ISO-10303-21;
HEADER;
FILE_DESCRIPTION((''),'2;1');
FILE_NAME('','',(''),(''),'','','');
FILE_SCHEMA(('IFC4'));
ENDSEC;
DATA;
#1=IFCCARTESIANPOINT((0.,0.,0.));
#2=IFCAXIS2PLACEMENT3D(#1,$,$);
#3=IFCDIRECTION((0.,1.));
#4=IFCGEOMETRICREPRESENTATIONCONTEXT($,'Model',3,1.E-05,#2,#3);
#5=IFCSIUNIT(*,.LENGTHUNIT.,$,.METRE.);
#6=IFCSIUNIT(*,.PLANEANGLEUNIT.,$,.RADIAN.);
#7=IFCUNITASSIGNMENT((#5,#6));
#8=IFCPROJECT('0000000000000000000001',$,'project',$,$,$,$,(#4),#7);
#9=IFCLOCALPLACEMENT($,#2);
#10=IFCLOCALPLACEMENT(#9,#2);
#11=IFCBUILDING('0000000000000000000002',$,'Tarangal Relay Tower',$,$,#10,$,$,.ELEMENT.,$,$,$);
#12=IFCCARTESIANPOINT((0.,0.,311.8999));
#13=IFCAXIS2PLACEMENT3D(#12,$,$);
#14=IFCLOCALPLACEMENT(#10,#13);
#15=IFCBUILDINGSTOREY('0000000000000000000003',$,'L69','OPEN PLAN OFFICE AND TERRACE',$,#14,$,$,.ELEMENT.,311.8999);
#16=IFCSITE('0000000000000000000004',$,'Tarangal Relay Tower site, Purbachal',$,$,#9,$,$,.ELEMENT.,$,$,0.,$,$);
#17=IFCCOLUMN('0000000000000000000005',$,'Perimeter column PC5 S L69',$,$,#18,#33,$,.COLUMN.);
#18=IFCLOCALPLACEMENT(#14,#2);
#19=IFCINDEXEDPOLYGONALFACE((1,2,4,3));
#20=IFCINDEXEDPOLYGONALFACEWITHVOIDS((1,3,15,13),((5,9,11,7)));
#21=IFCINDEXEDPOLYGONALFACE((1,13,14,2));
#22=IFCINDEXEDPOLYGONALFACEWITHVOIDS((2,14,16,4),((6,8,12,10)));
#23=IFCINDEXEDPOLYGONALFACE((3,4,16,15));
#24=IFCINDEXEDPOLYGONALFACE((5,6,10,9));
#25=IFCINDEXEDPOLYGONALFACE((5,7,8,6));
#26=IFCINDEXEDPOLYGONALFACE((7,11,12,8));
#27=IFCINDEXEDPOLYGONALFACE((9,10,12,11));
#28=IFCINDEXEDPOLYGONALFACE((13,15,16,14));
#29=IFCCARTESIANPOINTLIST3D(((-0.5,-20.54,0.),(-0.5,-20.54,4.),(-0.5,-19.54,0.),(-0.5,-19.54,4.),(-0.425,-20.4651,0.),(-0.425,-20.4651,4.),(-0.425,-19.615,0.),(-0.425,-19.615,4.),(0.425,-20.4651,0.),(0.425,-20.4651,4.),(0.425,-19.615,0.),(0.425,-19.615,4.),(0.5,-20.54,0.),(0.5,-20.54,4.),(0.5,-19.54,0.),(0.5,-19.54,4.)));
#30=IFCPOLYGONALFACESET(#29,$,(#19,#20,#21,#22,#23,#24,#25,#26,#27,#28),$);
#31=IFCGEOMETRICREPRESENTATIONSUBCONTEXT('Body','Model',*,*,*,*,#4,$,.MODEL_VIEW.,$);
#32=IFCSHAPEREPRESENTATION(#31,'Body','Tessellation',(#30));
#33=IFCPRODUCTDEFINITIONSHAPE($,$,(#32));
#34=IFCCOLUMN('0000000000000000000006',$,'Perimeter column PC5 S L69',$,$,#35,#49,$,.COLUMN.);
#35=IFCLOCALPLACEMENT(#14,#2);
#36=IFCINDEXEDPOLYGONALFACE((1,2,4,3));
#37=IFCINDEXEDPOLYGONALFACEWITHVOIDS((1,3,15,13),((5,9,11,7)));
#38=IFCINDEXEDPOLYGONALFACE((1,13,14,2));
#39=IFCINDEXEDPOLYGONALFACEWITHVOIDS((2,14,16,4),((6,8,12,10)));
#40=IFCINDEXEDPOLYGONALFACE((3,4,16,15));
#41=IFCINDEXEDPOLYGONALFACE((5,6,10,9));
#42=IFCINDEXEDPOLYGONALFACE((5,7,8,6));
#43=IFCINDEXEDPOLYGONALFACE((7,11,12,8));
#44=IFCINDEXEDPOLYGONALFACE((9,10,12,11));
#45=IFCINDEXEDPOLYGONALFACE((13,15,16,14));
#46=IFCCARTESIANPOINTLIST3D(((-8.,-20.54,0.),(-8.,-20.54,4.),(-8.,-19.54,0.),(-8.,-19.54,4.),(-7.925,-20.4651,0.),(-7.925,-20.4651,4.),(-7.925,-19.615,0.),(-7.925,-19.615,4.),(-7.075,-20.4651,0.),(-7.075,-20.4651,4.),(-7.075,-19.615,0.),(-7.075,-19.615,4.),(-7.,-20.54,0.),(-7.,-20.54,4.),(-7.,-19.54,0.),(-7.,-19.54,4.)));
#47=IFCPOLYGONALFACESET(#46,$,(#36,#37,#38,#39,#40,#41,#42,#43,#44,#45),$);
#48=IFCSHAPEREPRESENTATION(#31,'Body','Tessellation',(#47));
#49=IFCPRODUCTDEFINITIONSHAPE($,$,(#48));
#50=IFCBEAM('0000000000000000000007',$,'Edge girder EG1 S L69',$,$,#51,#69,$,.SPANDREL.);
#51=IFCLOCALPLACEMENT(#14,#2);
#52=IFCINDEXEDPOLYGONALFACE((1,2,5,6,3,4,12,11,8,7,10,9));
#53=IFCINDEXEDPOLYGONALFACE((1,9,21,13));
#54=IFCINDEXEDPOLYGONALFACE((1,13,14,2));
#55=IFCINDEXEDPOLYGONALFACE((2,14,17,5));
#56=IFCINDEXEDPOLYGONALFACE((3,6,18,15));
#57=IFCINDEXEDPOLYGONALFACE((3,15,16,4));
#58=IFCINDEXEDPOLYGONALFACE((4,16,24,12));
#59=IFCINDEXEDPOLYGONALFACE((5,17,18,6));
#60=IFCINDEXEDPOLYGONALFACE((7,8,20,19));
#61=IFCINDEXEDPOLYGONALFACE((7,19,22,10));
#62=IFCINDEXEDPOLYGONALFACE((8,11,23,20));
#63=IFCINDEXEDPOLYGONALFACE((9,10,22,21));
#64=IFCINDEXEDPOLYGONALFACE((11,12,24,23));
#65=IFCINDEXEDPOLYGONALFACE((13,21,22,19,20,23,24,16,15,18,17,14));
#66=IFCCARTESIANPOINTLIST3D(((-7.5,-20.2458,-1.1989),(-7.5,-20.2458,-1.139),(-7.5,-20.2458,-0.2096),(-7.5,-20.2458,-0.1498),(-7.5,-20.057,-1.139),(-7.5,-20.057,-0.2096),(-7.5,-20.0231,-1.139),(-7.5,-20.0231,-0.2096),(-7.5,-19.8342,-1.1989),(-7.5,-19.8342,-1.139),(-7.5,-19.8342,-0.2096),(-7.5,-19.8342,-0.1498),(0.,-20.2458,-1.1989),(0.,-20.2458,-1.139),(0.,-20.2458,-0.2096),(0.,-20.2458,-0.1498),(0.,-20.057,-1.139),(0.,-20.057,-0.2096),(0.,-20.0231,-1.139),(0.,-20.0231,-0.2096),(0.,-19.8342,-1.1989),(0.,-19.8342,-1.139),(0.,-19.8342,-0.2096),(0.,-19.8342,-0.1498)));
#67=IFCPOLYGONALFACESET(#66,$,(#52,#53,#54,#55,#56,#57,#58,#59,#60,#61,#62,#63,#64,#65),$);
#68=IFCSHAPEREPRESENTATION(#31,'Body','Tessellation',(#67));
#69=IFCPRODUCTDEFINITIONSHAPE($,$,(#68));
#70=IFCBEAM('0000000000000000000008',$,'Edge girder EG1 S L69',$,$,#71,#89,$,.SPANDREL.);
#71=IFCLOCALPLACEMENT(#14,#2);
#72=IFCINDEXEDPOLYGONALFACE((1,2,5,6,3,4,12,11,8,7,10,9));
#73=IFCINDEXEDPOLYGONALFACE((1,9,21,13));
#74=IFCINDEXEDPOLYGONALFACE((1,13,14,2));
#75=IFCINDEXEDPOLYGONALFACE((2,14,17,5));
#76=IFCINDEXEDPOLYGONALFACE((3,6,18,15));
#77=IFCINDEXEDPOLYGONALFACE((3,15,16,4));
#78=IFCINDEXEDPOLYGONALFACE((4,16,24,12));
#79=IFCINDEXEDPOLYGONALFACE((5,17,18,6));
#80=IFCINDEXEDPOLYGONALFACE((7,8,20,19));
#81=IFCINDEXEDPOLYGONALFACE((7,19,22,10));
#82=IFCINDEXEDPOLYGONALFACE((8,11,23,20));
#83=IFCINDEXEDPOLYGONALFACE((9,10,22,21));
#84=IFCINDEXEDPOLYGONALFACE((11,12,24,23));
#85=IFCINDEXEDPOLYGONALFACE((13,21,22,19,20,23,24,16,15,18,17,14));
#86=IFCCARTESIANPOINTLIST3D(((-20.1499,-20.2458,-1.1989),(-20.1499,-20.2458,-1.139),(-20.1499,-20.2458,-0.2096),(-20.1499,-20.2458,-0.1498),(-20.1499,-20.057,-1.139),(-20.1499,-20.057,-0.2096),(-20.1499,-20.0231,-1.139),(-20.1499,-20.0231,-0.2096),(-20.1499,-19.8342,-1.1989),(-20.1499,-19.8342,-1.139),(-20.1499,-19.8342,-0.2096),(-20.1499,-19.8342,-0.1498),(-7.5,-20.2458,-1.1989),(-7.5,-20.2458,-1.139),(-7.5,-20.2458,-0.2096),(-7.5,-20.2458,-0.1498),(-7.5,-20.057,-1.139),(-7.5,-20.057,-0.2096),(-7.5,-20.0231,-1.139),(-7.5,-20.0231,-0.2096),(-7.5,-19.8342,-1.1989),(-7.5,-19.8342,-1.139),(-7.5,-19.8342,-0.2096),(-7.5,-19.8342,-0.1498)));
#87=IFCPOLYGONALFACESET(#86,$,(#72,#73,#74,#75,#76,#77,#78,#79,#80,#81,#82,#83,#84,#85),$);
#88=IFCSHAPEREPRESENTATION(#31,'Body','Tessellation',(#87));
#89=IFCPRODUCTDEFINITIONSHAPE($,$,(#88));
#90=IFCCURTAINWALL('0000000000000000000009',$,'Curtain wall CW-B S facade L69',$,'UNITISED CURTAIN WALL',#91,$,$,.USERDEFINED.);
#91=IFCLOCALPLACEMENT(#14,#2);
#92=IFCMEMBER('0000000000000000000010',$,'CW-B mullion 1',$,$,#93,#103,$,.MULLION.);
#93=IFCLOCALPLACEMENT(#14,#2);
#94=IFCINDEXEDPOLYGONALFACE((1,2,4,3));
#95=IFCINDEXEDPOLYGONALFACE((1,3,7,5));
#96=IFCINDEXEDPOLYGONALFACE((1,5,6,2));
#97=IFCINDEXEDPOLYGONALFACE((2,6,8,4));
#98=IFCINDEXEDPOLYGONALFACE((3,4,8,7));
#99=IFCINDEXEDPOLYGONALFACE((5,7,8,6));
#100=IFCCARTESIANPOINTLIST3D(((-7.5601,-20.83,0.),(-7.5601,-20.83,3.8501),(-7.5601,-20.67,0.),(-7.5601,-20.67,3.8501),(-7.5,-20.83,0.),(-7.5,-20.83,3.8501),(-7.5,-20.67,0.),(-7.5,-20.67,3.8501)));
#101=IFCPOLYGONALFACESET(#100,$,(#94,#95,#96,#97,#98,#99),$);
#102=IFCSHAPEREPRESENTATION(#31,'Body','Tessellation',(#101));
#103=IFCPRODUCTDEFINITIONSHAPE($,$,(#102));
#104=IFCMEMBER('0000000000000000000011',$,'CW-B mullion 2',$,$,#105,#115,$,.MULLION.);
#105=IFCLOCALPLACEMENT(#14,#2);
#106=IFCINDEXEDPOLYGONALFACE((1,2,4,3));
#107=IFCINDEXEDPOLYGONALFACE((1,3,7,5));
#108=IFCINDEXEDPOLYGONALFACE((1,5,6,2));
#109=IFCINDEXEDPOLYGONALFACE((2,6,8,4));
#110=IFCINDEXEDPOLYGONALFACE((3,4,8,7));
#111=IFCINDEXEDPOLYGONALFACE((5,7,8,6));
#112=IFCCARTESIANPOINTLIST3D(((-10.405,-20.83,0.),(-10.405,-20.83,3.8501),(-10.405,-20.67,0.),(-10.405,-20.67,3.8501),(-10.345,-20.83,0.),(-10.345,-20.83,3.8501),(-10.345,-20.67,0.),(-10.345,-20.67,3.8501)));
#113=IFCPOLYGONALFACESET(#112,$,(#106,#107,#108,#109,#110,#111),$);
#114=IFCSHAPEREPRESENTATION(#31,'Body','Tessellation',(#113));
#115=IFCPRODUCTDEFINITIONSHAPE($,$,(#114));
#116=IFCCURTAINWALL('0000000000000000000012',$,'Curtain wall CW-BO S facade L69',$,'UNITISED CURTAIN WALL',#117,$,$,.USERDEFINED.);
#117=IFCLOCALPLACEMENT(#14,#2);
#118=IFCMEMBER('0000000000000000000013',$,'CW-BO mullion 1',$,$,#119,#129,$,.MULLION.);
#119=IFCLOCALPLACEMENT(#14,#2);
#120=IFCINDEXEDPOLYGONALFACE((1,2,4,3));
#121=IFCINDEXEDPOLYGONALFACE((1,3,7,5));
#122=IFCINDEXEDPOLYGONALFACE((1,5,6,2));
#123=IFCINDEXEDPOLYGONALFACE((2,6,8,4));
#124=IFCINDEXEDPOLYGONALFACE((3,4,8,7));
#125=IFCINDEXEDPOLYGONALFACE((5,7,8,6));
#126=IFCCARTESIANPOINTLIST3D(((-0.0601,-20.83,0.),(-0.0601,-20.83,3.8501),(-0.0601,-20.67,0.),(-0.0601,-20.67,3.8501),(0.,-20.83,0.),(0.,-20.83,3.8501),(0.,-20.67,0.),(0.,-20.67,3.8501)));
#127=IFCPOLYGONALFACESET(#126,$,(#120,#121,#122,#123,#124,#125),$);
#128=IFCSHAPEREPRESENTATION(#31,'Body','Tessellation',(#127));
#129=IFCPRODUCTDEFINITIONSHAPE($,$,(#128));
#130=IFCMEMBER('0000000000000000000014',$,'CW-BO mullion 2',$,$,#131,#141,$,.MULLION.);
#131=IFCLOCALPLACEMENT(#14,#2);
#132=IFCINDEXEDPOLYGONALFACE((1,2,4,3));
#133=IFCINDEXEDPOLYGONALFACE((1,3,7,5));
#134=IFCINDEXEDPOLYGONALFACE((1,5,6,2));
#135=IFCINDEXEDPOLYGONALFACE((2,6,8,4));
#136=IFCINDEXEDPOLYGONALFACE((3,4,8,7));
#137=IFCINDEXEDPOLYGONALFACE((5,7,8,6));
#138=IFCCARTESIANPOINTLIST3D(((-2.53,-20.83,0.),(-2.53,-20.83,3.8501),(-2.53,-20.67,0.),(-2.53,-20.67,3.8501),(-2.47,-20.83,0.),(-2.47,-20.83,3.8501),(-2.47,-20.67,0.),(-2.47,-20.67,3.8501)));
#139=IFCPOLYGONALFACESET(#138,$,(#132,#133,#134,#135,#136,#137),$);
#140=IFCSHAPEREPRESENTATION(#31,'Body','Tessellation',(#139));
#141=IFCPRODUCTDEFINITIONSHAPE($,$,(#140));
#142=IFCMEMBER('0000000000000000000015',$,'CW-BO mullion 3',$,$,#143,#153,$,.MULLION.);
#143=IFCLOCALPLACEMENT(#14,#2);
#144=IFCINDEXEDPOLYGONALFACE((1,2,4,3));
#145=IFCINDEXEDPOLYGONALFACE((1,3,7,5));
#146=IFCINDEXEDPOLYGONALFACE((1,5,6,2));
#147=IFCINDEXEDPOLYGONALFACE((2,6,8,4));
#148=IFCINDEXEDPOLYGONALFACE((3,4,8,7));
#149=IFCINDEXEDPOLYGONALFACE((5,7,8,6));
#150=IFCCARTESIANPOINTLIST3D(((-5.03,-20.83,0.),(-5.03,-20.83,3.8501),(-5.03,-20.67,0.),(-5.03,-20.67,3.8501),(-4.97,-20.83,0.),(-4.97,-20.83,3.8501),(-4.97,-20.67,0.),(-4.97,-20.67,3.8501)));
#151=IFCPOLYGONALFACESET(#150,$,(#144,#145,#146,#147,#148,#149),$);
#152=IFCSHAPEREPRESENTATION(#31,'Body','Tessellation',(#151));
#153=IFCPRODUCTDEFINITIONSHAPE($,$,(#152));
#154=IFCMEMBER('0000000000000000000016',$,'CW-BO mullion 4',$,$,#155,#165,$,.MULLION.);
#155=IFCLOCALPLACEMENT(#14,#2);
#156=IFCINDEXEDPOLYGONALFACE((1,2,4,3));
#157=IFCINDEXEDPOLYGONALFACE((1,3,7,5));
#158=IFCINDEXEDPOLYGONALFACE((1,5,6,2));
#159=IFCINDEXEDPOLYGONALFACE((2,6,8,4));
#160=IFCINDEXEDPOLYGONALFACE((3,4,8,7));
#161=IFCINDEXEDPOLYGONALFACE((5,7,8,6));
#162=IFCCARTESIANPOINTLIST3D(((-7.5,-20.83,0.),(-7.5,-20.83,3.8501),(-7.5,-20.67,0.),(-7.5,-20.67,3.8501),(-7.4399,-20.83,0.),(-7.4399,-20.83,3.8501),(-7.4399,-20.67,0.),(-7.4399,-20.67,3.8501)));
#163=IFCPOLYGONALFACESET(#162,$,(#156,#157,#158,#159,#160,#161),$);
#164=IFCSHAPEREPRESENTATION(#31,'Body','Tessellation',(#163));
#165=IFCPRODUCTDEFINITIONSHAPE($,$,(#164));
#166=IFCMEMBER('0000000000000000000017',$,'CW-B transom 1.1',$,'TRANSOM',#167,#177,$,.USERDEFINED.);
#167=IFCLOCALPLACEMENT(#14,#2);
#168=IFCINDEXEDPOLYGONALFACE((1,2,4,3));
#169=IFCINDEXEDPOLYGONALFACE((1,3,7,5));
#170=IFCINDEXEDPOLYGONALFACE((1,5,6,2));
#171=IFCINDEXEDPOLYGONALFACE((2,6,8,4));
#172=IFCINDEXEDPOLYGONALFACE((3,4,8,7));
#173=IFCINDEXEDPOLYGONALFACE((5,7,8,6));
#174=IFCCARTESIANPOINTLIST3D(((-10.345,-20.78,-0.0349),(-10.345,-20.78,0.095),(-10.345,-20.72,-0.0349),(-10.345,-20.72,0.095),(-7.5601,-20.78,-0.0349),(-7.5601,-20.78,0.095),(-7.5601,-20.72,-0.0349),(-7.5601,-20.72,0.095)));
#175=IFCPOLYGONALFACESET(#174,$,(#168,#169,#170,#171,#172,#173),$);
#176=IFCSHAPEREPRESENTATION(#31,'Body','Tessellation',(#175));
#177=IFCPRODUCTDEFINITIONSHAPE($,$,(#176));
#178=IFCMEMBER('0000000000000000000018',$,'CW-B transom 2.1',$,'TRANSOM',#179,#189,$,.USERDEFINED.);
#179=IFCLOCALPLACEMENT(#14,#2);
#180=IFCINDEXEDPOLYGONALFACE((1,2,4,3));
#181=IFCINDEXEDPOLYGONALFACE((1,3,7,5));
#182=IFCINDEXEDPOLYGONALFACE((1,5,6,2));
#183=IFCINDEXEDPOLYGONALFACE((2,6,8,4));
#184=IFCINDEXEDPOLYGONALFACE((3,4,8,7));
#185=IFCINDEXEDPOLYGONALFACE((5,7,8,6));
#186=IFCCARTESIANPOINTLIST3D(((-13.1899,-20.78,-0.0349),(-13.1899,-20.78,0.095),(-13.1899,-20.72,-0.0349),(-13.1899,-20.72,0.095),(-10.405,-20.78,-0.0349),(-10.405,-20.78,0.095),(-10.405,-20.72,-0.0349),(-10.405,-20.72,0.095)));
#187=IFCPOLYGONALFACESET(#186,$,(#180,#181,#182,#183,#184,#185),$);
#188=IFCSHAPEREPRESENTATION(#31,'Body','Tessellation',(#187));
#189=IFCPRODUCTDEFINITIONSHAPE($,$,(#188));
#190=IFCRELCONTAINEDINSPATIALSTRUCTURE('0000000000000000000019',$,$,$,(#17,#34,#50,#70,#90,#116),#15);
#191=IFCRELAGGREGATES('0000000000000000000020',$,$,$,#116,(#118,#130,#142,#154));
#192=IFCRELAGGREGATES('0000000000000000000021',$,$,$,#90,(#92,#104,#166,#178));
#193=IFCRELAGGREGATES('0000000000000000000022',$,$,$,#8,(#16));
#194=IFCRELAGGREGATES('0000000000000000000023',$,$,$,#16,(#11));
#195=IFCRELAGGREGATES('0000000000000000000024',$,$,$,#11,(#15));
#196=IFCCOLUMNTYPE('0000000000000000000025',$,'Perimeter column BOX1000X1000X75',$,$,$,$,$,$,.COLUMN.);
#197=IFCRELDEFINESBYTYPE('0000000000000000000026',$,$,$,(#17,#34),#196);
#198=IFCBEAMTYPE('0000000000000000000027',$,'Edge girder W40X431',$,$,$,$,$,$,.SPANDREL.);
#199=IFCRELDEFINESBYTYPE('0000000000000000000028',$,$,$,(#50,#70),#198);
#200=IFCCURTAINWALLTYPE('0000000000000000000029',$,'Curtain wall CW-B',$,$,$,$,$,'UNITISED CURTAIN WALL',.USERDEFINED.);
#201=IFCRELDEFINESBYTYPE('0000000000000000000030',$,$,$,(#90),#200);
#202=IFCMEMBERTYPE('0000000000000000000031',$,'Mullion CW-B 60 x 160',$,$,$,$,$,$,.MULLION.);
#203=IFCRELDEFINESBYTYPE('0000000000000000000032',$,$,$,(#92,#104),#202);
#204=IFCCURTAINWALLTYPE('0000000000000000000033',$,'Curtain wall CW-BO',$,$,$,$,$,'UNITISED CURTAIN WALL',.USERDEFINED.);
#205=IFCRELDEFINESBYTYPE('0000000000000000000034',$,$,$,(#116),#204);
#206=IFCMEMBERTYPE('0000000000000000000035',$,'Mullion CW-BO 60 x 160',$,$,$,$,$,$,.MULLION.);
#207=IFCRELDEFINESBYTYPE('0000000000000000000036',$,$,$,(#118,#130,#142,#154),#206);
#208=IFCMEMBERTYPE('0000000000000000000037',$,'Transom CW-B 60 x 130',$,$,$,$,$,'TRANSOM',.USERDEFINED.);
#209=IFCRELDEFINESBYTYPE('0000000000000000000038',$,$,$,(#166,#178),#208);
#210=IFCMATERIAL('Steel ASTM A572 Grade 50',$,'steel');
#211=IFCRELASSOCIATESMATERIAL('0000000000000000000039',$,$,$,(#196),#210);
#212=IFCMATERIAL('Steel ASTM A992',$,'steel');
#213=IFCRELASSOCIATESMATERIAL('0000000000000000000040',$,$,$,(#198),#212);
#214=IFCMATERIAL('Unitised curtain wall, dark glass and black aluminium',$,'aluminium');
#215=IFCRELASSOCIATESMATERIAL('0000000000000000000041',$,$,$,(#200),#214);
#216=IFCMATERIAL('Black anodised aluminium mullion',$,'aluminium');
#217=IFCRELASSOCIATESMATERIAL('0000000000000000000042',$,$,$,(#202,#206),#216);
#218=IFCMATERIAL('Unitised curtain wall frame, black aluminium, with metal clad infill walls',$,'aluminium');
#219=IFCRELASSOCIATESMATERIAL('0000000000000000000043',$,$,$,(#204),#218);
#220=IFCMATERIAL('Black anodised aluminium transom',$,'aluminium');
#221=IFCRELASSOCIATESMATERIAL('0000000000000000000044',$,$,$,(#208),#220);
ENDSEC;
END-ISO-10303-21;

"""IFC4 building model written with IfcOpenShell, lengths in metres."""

from ifc_helpers import new_model, si_unit, direction, frame, origin, origin_2d, place, context, subcontext, project, spatial, rectangle, hollow_rectangle, i_section, extrude, material, material_profile, profile_set, type_object, element, aggregate, save


model = new_model("IFC4")

# Units and contexts
model_context = context("Model", 3, precision=1e-05, world=origin(), true_north=direction((0.0, 1.0)))
body_context = subcontext(model_context, "Body", "Model", "MODEL_VIEW")
ifc_project = project(units=[si_unit("LENGTHUNIT", "METRE"), si_unit("PLANEANGLEUNIT", "RADIAN")], contexts=[model_context])

# Site, building, storey
site_placement = place(None, origin())
site = spatial("IfcSite", under=ifc_project, at=site_placement, Name="Tarangal Relay Tower site, Purbachal", CompositionType="ELEMENT", RefElevation=0.0)
building_placement = place(site_placement, origin())
building = spatial("IfcBuilding", under=site, at=building_placement, Name="Tarangal Relay Tower", CompositionType="ELEMENT")
storey_placement = place(building_placement, frame((0.0, 0.0, 311.8999)))
storey = spatial("IfcBuildingStorey", under=building, at=storey_placement, Name="L69", Description="OPEN PLAN OFFICE AND TERRACE", CompositionType="ELEMENT", Elevation=311.8999)

# Columns
ifc_material_1 = material(Name="Steel ASTM A572 Grade 50", Category="steel")
ifc_material_profile_1 = material_profile(ifc_material_1, hollow_rectangle(XDim=1.0, YDim=1.0, WallThickness=0.075, at=origin_2d()), Name="BOX1000X1000X75")
ifc_profile_set_1 = profile_set([ifc_material_profile_1], Name="Steel ASTM A572 Grade 50")
column_type = type_object("IfcColumnType", Name="Perimeter column BOX1000X1000X75", PredefinedType="COLUMN", material=ifc_profile_set_1)
for number, where, z_axis, x_axis, name in (
    (1, (0.0, -20.04, 0.0), (0.0, 0.0, 1.0), (1.0, 0.0, 0.0), "Perimeter column PC5 S L69"),
    (2, (-7.5, -20.04, 0.0), (0.0, 0.0, 1.0), (1.0, 0.0, 0.0), "Perimeter column PC5 S L69"),
):
    element("IfcColumn", number, at=place(storey_placement, frame(where, z_axis=z_axis, x_axis=x_axis)), inside=storey, type_object=column_type, Name=name, PredefinedType="COLUMN", context=body_context, shape_type="SweptSolid", body=[
        extrude(hollow_rectangle(XDim=1.0, YDim=1.0, WallThickness=0.075, at=origin_2d()), origin(), (0.0, 0.0, 1.0), 4.0),
    ])

# Beams
ifc_material_2 = material(Name="Steel ASTM A992", Category="steel")
ifc_material_profile_2 = material_profile(ifc_material_2, i_section(OverallWidth=0.4116, OverallDepth=1.0491, WebThickness=0.0339, FlangeThickness=0.0598, at=origin_2d()), Name="W40X431")
ifc_profile_set_2 = profile_set([ifc_material_profile_2], Name="Steel ASTM A992")
beam_type = type_object("IfcBeamType", Name="Edge girder W40X431", PredefinedType="SPANDREL", material=ifc_profile_set_2)
beam_1_placement = place(storey_placement, frame((0.0, -20.04, -0.6743), z_axis=(-1.0, 0.0, 0.0), x_axis=(0.0, -1.0, 0.0)))
element("IfcBeam", 3, at=beam_1_placement, inside=storey, type_object=beam_type, Name="Edge girder EG1 S L69", PredefinedType="SPANDREL", context=body_context, shape_type="SweptSolid", body=[
    extrude(i_section(OverallWidth=0.4116, OverallDepth=1.0491, WebThickness=0.0339, FlangeThickness=0.0598, at=origin_2d()), origin(), (0.0, 0.0, 1.0), 7.5),
])
beam_2_placement = place(storey_placement, frame((-7.5, -20.04, -0.6743), z_axis=(-1.0, 0.0, 0.0), x_axis=(0.0, -1.0, 0.0)))
element("IfcBeam", 4, at=beam_2_placement, inside=storey, type_object=beam_type, Name="Edge girder EG1 S L69", PredefinedType="SPANDREL", context=body_context, shape_type="SweptSolid", body=[
    extrude(i_section(OverallWidth=0.4116, OverallDepth=1.0491, WebThickness=0.0339, FlangeThickness=0.0598, at=origin_2d()), origin(), (0.0, 0.0, 1.0), 12.6499),
])

# Curtain walls, members
ifc_material_3 = material(Name="Unitised curtain wall, dark glass and black aluminium", Category="aluminium")
curtain_wall_type_1 = type_object("IfcCurtainWallType", Name="Curtain wall CW-B", ElementType="UNITISED CURTAIN WALL", PredefinedType="USERDEFINED", material=ifc_material_3)
curtain_wall_1_placement = place(storey_placement, origin())
curtain_wall_1 = element("IfcCurtainWall", 5, at=curtain_wall_1_placement, inside=storey, type_object=curtain_wall_type_1, Name="Curtain wall CW-B S facade L69", ObjectType="UNITISED CURTAIN WALL", PredefinedType="USERDEFINED")
ifc_material_4 = material(Name="Black anodised aluminium mullion", Category="aluminium")
ifc_material_profile_3 = material_profile(ifc_material_4, rectangle(XDim=0.1599, YDim=0.0601, at=origin_2d()), Name="CW-BM 60X160")
ifc_profile_set_3 = profile_set([ifc_material_profile_3], Name="Black anodised aluminium mullion")
member_type_1 = type_object("IfcMemberType", Name="Mullion CW-B 60 x 160", PredefinedType="MULLION", material=ifc_profile_set_3)
member_1_placement = place(storey_placement, frame((-7.53, -20.75, 0.0), z_axis=(0.0, 0.0, 1.0), x_axis=(0.0, -1.0, 0.0)))
member_1 = element("IfcMember", 6, at=member_1_placement, type_object=member_type_1, Name="CW-B mullion 1", PredefinedType="MULLION", context=body_context, shape_type="SweptSolid", body=[
    extrude(rectangle(XDim=0.1599, YDim=0.0601, at=origin_2d()), origin(), (0.0, 0.0, 1.0), 3.8501),
])
member_2_placement = place(storey_placement, frame((-10.375, -20.75, 0.0), z_axis=(0.0, 0.0, 1.0), x_axis=(0.0, -1.0, 0.0)))
member_2 = element("IfcMember", 7, at=member_2_placement, type_object=member_type_1, Name="CW-B mullion 2", PredefinedType="MULLION", context=body_context, shape_type="SweptSolid", body=[
    extrude(rectangle(XDim=0.1599, YDim=0.0601, at=origin_2d()), origin(), (0.0, 0.0, 1.0), 3.8501),
])
ifc_material_5 = material(Name="Unitised curtain wall frame, black aluminium, with metal clad infill walls", Category="aluminium")
curtain_wall_type_2 = type_object("IfcCurtainWallType", Name="Curtain wall CW-BO", ElementType="UNITISED CURTAIN WALL", PredefinedType="USERDEFINED", material=ifc_material_5)
curtain_wall_2_placement = place(storey_placement, origin())
curtain_wall_2 = element("IfcCurtainWall", 8, at=curtain_wall_2_placement, inside=storey, type_object=curtain_wall_type_2, Name="Curtain wall CW-BO S facade L69", ObjectType="UNITISED CURTAIN WALL", PredefinedType="USERDEFINED")
ifc_material_profile_4 = material_profile(ifc_material_4, rectangle(XDim=0.1599, YDim=0.0601, at=origin_2d()), Name="CW-BOM 60X160")
ifc_profile_set_4 = profile_set([ifc_material_profile_4], Name="Black anodised aluminium mullion")
member_type_2 = type_object("IfcMemberType", Name="Mullion CW-BO 60 x 160", PredefinedType="MULLION", material=ifc_profile_set_4)
member_3_placement = place(storey_placement, frame((-0.03, -20.75, 0.0), z_axis=(0.0, 0.0, 1.0), x_axis=(0.0, -1.0, 0.0)))
member_3 = element("IfcMember", 9, at=member_3_placement, type_object=member_type_2, Name="CW-BO mullion 1", PredefinedType="MULLION", context=body_context, shape_type="SweptSolid", body=[
    extrude(rectangle(XDim=0.1599, YDim=0.0601, at=origin_2d()), origin(), (0.0, 0.0, 1.0), 3.8501),
])
member_4_placement = place(storey_placement, frame((-2.5, -20.75, 0.0), z_axis=(0.0, 0.0, 1.0), x_axis=(0.0, -1.0, 0.0)))
member_4 = element("IfcMember", 10, at=member_4_placement, type_object=member_type_2, Name="CW-BO mullion 2", PredefinedType="MULLION", context=body_context, shape_type="SweptSolid", body=[
    extrude(rectangle(XDim=0.1599, YDim=0.0601, at=origin_2d()), origin(), (0.0, 0.0, 1.0), 3.8501),
])
member_5_placement = place(storey_placement, frame((-5.0, -20.75, 0.0), z_axis=(0.0, 0.0, 1.0), x_axis=(0.0, -1.0, 0.0)))
member_5 = element("IfcMember", 11, at=member_5_placement, type_object=member_type_2, Name="CW-BO mullion 3", PredefinedType="MULLION", context=body_context, shape_type="SweptSolid", body=[
    extrude(rectangle(XDim=0.1599, YDim=0.0601, at=origin_2d()), origin(), (0.0, 0.0, 1.0), 3.8501),
])
member_6_placement = place(storey_placement, frame((-7.47, -20.75, 0.0), z_axis=(0.0, 0.0, 1.0), x_axis=(0.0, -1.0, 0.0)))
member_6 = element("IfcMember", 12, at=member_6_placement, type_object=member_type_2, Name="CW-BO mullion 4", PredefinedType="MULLION", context=body_context, shape_type="SweptSolid", body=[
    extrude(rectangle(XDim=0.1599, YDim=0.0601, at=origin_2d()), origin(), (0.0, 0.0, 1.0), 3.8501),
])

# Members
ifc_material_6 = material(Name="Black anodised aluminium transom", Category="aluminium")
ifc_material_profile_5 = material_profile(ifc_material_6, rectangle(XDim=0.0601, YDim=0.1299, at=origin_2d()), Name="CW-BT 60X130")
ifc_profile_set_5 = profile_set([ifc_material_profile_5], Name="Black anodised aluminium transom")
member_type_3 = type_object("IfcMemberType", Name="Transom CW-B 60 x 130", ElementType="TRANSOM", PredefinedType="USERDEFINED", material=ifc_profile_set_5)
member_7_placement = place(storey_placement, frame((-7.5601, -20.75, 0.03), z_axis=(-1.0, 0.0, 0.0), x_axis=(0.0, -1.0, 0.0)))
member_7 = element("IfcMember", 13, at=member_7_placement, type_object=member_type_3, Name="CW-B transom 1.1", ObjectType="TRANSOM", PredefinedType="USERDEFINED", context=body_context, shape_type="SweptSolid", body=[
    extrude(rectangle(XDim=0.0601, YDim=0.1299, at=origin_2d()), origin(), (0.0, 0.0, 1.0), 2.7849),
])
member_8_placement = place(storey_placement, frame((-10.405, -20.75, 0.03), z_axis=(-1.0, 0.0, 0.0), x_axis=(0.0, -1.0, 0.0)))
member_8 = element("IfcMember", 14, at=member_8_placement, type_object=member_type_3, Name="CW-B transom 2.1", ObjectType="TRANSOM", PredefinedType="USERDEFINED", context=body_context, shape_type="SweptSolid", body=[
    extrude(rectangle(XDim=0.0601, YDim=0.1299, at=origin_2d()), origin(), (0.0, 0.0, 1.0), 2.7849),
])
aggregate(curtain_wall_2, [member_3, member_4, member_5, member_6])

aggregate(curtain_wall_1, [member_1, member_2, member_7, member_8])

save(model, "model.ifc")
